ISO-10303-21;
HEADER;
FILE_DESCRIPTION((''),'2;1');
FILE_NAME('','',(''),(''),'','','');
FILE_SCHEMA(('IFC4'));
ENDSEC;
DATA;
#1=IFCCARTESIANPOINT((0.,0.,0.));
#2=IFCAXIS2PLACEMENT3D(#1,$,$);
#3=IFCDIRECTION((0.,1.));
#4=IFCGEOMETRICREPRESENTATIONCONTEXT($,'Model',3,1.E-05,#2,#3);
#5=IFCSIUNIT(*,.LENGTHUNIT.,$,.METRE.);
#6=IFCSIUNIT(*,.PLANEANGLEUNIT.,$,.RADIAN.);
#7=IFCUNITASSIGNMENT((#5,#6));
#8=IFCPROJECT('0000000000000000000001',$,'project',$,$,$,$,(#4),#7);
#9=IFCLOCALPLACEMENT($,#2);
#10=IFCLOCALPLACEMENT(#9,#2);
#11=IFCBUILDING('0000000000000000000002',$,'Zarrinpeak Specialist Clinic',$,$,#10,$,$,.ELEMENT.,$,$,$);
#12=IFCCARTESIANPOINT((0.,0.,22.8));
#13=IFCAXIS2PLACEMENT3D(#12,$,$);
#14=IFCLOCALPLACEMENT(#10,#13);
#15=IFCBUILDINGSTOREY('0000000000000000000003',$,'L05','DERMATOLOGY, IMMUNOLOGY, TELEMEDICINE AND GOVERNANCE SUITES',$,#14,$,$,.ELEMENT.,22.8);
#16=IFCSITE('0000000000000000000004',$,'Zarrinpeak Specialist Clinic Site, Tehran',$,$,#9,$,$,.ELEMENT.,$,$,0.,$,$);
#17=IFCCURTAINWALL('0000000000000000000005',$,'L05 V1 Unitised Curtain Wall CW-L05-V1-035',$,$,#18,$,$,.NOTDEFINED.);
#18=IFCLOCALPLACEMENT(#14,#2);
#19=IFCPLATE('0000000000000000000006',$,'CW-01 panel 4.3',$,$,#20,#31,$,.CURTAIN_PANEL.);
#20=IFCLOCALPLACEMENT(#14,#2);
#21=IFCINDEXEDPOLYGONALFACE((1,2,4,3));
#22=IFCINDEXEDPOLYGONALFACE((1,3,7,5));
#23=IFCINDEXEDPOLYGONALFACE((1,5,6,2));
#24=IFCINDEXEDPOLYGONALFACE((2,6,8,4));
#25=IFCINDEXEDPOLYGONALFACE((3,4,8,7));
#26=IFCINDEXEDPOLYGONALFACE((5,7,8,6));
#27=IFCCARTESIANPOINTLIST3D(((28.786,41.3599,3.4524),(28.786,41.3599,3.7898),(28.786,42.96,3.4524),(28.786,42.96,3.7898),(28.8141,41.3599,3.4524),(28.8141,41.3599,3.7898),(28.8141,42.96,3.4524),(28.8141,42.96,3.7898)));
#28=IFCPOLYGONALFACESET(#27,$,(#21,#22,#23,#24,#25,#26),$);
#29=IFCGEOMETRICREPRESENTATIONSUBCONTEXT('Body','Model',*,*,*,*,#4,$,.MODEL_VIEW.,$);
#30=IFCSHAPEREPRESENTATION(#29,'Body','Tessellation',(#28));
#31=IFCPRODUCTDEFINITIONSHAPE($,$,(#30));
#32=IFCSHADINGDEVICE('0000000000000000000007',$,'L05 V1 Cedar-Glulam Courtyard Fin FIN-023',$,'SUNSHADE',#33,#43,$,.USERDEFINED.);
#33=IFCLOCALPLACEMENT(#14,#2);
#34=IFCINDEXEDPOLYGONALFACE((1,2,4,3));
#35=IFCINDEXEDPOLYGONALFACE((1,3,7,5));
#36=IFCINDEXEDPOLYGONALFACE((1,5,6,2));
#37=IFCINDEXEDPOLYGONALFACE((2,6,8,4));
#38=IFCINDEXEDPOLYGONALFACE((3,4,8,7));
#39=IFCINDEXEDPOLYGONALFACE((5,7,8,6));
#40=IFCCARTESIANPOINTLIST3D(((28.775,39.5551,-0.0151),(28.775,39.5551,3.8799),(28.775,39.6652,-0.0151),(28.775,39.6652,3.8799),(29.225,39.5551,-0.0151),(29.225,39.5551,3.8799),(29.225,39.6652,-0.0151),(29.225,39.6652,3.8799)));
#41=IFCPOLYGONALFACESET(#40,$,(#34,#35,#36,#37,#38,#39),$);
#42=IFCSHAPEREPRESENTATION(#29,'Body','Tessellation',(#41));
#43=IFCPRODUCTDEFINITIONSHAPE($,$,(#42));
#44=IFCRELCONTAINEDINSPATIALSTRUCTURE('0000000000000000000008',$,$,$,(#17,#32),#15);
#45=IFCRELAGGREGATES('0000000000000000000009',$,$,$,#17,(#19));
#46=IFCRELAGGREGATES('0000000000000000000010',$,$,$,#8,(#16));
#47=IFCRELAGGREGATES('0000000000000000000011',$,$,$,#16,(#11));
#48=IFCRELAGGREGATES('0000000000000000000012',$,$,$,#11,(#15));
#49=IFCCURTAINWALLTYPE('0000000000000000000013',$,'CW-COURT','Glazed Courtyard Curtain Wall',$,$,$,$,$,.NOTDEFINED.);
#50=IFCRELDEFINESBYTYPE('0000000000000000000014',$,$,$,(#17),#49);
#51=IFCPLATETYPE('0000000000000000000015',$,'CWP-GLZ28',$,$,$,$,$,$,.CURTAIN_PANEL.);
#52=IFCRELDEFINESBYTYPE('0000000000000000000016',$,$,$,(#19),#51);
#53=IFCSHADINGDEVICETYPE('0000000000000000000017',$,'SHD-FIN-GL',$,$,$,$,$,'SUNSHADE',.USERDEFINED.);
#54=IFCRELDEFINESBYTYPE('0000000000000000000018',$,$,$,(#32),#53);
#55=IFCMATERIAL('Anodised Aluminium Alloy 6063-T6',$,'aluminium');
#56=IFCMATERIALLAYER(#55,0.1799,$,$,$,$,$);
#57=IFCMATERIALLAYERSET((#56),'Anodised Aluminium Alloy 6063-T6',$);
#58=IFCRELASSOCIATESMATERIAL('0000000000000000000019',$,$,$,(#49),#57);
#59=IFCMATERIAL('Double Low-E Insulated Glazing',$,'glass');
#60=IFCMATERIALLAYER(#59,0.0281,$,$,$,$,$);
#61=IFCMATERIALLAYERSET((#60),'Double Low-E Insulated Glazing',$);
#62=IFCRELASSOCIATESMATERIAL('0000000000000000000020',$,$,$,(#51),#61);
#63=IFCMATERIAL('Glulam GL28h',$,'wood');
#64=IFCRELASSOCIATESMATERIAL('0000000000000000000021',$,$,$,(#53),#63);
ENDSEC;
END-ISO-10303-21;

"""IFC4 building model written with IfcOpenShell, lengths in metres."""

from ifc_helpers import new_model, si_unit, direction, frame, origin, origin_2d, place, context, subcontext, project, spatial, rectangle, extrude, material, layer, layer_set, type_object, element, aggregate, save


model = new_model("IFC4")

# Units and contexts
model_context = context("Model", 3, precision=1e-05, world=origin(), true_north=direction((0.0, 1.0)))
body_context = subcontext(model_context, "Body", "Model", "MODEL_VIEW")
ifc_project = project(units=[si_unit("LENGTHUNIT", "METRE"), si_unit("PLANEANGLEUNIT", "RADIAN")], contexts=[model_context])

# Site, building, storey
site_placement = place(None, origin())
site = spatial("IfcSite", under=ifc_project, at=site_placement, Name="Zarrinpeak Specialist Clinic Site, Tehran", CompositionType="ELEMENT", RefElevation=0.0)
building_placement = place(site_placement, origin())
building = spatial("IfcBuilding", under=site, at=building_placement, Name="Zarrinpeak Specialist Clinic", CompositionType="ELEMENT")
storey_placement = place(building_placement, frame((0.0, 0.0, 22.8)))
storey = spatial("IfcBuildingStorey", under=building, at=storey_placement, Name="L05", Description="DERMATOLOGY, IMMUNOLOGY, TELEMEDICINE AND GOVERNANCE SUITES", CompositionType="ELEMENT", Elevation=22.8)

# Curtain wall, plate
ifc_material_1 = material(Name="Anodised Aluminium Alloy 6063-T6", Category="aluminium")
ifc_layer_1 = layer(ifc_material_1, 0.1799)
ifc_layer_set_1 = layer_set([ifc_layer_1], Name="Anodised Aluminium Alloy 6063-T6")
curtain_wall_type = type_object("IfcCurtainWallType", Name="CW-COURT", Description="Glazed Courtyard Curtain Wall", PredefinedType="NOTDEFINED", material=ifc_layer_set_1)
curtain_wall_placement = place(storey_placement, origin())
curtain_wall = element("IfcCurtainWall", 1, at=curtain_wall_placement, inside=storey, type_object=curtain_wall_type, Name="L05 V1 Unitised Curtain Wall CW-L05-V1-035", PredefinedType="NOTDEFINED")
ifc_material_2 = material(Name="Double Low-E Insulated Glazing", Category="glass")
ifc_layer_2 = layer(ifc_material_2, 0.0281)
ifc_layer_set_2 = layer_set([ifc_layer_2], Name="Double Low-E Insulated Glazing")
plate_type = type_object("IfcPlateType", Name="CWP-GLZ28", PredefinedType="CURTAIN_PANEL", material=ifc_layer_set_2)
plate_1_placement = place(storey_placement, frame((28.8, 42.1599, 3.4524), z_axis=(0.0, 0.0, 1.0), x_axis=(0.0, 1.0, 0.0)))
plate_1 = element("IfcPlate", 2, at=plate_1_placement, type_object=plate_type, Name="CW-01 panel 4.3", PredefinedType="CURTAIN_PANEL", context=body_context, shape_type="SweptSolid", body=[
    extrude(rectangle(XDim=1.6001, YDim=0.0281, at=origin_2d()), origin(), (0.0, 0.0, 1.0), 0.3374),
])
aggregate(curtain_wall, [plate_1])

# Shading device
ifc_material_3 = material(Name="Glulam GL28h", Category="wood")
shading_device_type = type_object("IfcShadingDeviceType", Name="SHD-FIN-GL", ElementType="SUNSHADE", PredefinedType="USERDEFINED", material=ifc_material_3)
shading_device_placement = place(storey_placement, frame((29.0, 39.6101, -0.0151), z_axis=(0.0, 0.0, 1.0), x_axis=(1.0, 0.0, 0.0)))
element("IfcShadingDevice", 3, at=shading_device_placement, inside=storey, type_object=shading_device_type, Name="L05 V1 Cedar-Glulam Courtyard Fin FIN-023", ObjectType="SUNSHADE", PredefinedType="USERDEFINED", context=body_context, shape_type="SweptSolid", body=[
    extrude(rectangle(XDim=0.45, YDim=0.1101, at=origin_2d()), origin(), (0.0, 0.0, 1.0), 3.895),
])

save(model, "model.ifc")
